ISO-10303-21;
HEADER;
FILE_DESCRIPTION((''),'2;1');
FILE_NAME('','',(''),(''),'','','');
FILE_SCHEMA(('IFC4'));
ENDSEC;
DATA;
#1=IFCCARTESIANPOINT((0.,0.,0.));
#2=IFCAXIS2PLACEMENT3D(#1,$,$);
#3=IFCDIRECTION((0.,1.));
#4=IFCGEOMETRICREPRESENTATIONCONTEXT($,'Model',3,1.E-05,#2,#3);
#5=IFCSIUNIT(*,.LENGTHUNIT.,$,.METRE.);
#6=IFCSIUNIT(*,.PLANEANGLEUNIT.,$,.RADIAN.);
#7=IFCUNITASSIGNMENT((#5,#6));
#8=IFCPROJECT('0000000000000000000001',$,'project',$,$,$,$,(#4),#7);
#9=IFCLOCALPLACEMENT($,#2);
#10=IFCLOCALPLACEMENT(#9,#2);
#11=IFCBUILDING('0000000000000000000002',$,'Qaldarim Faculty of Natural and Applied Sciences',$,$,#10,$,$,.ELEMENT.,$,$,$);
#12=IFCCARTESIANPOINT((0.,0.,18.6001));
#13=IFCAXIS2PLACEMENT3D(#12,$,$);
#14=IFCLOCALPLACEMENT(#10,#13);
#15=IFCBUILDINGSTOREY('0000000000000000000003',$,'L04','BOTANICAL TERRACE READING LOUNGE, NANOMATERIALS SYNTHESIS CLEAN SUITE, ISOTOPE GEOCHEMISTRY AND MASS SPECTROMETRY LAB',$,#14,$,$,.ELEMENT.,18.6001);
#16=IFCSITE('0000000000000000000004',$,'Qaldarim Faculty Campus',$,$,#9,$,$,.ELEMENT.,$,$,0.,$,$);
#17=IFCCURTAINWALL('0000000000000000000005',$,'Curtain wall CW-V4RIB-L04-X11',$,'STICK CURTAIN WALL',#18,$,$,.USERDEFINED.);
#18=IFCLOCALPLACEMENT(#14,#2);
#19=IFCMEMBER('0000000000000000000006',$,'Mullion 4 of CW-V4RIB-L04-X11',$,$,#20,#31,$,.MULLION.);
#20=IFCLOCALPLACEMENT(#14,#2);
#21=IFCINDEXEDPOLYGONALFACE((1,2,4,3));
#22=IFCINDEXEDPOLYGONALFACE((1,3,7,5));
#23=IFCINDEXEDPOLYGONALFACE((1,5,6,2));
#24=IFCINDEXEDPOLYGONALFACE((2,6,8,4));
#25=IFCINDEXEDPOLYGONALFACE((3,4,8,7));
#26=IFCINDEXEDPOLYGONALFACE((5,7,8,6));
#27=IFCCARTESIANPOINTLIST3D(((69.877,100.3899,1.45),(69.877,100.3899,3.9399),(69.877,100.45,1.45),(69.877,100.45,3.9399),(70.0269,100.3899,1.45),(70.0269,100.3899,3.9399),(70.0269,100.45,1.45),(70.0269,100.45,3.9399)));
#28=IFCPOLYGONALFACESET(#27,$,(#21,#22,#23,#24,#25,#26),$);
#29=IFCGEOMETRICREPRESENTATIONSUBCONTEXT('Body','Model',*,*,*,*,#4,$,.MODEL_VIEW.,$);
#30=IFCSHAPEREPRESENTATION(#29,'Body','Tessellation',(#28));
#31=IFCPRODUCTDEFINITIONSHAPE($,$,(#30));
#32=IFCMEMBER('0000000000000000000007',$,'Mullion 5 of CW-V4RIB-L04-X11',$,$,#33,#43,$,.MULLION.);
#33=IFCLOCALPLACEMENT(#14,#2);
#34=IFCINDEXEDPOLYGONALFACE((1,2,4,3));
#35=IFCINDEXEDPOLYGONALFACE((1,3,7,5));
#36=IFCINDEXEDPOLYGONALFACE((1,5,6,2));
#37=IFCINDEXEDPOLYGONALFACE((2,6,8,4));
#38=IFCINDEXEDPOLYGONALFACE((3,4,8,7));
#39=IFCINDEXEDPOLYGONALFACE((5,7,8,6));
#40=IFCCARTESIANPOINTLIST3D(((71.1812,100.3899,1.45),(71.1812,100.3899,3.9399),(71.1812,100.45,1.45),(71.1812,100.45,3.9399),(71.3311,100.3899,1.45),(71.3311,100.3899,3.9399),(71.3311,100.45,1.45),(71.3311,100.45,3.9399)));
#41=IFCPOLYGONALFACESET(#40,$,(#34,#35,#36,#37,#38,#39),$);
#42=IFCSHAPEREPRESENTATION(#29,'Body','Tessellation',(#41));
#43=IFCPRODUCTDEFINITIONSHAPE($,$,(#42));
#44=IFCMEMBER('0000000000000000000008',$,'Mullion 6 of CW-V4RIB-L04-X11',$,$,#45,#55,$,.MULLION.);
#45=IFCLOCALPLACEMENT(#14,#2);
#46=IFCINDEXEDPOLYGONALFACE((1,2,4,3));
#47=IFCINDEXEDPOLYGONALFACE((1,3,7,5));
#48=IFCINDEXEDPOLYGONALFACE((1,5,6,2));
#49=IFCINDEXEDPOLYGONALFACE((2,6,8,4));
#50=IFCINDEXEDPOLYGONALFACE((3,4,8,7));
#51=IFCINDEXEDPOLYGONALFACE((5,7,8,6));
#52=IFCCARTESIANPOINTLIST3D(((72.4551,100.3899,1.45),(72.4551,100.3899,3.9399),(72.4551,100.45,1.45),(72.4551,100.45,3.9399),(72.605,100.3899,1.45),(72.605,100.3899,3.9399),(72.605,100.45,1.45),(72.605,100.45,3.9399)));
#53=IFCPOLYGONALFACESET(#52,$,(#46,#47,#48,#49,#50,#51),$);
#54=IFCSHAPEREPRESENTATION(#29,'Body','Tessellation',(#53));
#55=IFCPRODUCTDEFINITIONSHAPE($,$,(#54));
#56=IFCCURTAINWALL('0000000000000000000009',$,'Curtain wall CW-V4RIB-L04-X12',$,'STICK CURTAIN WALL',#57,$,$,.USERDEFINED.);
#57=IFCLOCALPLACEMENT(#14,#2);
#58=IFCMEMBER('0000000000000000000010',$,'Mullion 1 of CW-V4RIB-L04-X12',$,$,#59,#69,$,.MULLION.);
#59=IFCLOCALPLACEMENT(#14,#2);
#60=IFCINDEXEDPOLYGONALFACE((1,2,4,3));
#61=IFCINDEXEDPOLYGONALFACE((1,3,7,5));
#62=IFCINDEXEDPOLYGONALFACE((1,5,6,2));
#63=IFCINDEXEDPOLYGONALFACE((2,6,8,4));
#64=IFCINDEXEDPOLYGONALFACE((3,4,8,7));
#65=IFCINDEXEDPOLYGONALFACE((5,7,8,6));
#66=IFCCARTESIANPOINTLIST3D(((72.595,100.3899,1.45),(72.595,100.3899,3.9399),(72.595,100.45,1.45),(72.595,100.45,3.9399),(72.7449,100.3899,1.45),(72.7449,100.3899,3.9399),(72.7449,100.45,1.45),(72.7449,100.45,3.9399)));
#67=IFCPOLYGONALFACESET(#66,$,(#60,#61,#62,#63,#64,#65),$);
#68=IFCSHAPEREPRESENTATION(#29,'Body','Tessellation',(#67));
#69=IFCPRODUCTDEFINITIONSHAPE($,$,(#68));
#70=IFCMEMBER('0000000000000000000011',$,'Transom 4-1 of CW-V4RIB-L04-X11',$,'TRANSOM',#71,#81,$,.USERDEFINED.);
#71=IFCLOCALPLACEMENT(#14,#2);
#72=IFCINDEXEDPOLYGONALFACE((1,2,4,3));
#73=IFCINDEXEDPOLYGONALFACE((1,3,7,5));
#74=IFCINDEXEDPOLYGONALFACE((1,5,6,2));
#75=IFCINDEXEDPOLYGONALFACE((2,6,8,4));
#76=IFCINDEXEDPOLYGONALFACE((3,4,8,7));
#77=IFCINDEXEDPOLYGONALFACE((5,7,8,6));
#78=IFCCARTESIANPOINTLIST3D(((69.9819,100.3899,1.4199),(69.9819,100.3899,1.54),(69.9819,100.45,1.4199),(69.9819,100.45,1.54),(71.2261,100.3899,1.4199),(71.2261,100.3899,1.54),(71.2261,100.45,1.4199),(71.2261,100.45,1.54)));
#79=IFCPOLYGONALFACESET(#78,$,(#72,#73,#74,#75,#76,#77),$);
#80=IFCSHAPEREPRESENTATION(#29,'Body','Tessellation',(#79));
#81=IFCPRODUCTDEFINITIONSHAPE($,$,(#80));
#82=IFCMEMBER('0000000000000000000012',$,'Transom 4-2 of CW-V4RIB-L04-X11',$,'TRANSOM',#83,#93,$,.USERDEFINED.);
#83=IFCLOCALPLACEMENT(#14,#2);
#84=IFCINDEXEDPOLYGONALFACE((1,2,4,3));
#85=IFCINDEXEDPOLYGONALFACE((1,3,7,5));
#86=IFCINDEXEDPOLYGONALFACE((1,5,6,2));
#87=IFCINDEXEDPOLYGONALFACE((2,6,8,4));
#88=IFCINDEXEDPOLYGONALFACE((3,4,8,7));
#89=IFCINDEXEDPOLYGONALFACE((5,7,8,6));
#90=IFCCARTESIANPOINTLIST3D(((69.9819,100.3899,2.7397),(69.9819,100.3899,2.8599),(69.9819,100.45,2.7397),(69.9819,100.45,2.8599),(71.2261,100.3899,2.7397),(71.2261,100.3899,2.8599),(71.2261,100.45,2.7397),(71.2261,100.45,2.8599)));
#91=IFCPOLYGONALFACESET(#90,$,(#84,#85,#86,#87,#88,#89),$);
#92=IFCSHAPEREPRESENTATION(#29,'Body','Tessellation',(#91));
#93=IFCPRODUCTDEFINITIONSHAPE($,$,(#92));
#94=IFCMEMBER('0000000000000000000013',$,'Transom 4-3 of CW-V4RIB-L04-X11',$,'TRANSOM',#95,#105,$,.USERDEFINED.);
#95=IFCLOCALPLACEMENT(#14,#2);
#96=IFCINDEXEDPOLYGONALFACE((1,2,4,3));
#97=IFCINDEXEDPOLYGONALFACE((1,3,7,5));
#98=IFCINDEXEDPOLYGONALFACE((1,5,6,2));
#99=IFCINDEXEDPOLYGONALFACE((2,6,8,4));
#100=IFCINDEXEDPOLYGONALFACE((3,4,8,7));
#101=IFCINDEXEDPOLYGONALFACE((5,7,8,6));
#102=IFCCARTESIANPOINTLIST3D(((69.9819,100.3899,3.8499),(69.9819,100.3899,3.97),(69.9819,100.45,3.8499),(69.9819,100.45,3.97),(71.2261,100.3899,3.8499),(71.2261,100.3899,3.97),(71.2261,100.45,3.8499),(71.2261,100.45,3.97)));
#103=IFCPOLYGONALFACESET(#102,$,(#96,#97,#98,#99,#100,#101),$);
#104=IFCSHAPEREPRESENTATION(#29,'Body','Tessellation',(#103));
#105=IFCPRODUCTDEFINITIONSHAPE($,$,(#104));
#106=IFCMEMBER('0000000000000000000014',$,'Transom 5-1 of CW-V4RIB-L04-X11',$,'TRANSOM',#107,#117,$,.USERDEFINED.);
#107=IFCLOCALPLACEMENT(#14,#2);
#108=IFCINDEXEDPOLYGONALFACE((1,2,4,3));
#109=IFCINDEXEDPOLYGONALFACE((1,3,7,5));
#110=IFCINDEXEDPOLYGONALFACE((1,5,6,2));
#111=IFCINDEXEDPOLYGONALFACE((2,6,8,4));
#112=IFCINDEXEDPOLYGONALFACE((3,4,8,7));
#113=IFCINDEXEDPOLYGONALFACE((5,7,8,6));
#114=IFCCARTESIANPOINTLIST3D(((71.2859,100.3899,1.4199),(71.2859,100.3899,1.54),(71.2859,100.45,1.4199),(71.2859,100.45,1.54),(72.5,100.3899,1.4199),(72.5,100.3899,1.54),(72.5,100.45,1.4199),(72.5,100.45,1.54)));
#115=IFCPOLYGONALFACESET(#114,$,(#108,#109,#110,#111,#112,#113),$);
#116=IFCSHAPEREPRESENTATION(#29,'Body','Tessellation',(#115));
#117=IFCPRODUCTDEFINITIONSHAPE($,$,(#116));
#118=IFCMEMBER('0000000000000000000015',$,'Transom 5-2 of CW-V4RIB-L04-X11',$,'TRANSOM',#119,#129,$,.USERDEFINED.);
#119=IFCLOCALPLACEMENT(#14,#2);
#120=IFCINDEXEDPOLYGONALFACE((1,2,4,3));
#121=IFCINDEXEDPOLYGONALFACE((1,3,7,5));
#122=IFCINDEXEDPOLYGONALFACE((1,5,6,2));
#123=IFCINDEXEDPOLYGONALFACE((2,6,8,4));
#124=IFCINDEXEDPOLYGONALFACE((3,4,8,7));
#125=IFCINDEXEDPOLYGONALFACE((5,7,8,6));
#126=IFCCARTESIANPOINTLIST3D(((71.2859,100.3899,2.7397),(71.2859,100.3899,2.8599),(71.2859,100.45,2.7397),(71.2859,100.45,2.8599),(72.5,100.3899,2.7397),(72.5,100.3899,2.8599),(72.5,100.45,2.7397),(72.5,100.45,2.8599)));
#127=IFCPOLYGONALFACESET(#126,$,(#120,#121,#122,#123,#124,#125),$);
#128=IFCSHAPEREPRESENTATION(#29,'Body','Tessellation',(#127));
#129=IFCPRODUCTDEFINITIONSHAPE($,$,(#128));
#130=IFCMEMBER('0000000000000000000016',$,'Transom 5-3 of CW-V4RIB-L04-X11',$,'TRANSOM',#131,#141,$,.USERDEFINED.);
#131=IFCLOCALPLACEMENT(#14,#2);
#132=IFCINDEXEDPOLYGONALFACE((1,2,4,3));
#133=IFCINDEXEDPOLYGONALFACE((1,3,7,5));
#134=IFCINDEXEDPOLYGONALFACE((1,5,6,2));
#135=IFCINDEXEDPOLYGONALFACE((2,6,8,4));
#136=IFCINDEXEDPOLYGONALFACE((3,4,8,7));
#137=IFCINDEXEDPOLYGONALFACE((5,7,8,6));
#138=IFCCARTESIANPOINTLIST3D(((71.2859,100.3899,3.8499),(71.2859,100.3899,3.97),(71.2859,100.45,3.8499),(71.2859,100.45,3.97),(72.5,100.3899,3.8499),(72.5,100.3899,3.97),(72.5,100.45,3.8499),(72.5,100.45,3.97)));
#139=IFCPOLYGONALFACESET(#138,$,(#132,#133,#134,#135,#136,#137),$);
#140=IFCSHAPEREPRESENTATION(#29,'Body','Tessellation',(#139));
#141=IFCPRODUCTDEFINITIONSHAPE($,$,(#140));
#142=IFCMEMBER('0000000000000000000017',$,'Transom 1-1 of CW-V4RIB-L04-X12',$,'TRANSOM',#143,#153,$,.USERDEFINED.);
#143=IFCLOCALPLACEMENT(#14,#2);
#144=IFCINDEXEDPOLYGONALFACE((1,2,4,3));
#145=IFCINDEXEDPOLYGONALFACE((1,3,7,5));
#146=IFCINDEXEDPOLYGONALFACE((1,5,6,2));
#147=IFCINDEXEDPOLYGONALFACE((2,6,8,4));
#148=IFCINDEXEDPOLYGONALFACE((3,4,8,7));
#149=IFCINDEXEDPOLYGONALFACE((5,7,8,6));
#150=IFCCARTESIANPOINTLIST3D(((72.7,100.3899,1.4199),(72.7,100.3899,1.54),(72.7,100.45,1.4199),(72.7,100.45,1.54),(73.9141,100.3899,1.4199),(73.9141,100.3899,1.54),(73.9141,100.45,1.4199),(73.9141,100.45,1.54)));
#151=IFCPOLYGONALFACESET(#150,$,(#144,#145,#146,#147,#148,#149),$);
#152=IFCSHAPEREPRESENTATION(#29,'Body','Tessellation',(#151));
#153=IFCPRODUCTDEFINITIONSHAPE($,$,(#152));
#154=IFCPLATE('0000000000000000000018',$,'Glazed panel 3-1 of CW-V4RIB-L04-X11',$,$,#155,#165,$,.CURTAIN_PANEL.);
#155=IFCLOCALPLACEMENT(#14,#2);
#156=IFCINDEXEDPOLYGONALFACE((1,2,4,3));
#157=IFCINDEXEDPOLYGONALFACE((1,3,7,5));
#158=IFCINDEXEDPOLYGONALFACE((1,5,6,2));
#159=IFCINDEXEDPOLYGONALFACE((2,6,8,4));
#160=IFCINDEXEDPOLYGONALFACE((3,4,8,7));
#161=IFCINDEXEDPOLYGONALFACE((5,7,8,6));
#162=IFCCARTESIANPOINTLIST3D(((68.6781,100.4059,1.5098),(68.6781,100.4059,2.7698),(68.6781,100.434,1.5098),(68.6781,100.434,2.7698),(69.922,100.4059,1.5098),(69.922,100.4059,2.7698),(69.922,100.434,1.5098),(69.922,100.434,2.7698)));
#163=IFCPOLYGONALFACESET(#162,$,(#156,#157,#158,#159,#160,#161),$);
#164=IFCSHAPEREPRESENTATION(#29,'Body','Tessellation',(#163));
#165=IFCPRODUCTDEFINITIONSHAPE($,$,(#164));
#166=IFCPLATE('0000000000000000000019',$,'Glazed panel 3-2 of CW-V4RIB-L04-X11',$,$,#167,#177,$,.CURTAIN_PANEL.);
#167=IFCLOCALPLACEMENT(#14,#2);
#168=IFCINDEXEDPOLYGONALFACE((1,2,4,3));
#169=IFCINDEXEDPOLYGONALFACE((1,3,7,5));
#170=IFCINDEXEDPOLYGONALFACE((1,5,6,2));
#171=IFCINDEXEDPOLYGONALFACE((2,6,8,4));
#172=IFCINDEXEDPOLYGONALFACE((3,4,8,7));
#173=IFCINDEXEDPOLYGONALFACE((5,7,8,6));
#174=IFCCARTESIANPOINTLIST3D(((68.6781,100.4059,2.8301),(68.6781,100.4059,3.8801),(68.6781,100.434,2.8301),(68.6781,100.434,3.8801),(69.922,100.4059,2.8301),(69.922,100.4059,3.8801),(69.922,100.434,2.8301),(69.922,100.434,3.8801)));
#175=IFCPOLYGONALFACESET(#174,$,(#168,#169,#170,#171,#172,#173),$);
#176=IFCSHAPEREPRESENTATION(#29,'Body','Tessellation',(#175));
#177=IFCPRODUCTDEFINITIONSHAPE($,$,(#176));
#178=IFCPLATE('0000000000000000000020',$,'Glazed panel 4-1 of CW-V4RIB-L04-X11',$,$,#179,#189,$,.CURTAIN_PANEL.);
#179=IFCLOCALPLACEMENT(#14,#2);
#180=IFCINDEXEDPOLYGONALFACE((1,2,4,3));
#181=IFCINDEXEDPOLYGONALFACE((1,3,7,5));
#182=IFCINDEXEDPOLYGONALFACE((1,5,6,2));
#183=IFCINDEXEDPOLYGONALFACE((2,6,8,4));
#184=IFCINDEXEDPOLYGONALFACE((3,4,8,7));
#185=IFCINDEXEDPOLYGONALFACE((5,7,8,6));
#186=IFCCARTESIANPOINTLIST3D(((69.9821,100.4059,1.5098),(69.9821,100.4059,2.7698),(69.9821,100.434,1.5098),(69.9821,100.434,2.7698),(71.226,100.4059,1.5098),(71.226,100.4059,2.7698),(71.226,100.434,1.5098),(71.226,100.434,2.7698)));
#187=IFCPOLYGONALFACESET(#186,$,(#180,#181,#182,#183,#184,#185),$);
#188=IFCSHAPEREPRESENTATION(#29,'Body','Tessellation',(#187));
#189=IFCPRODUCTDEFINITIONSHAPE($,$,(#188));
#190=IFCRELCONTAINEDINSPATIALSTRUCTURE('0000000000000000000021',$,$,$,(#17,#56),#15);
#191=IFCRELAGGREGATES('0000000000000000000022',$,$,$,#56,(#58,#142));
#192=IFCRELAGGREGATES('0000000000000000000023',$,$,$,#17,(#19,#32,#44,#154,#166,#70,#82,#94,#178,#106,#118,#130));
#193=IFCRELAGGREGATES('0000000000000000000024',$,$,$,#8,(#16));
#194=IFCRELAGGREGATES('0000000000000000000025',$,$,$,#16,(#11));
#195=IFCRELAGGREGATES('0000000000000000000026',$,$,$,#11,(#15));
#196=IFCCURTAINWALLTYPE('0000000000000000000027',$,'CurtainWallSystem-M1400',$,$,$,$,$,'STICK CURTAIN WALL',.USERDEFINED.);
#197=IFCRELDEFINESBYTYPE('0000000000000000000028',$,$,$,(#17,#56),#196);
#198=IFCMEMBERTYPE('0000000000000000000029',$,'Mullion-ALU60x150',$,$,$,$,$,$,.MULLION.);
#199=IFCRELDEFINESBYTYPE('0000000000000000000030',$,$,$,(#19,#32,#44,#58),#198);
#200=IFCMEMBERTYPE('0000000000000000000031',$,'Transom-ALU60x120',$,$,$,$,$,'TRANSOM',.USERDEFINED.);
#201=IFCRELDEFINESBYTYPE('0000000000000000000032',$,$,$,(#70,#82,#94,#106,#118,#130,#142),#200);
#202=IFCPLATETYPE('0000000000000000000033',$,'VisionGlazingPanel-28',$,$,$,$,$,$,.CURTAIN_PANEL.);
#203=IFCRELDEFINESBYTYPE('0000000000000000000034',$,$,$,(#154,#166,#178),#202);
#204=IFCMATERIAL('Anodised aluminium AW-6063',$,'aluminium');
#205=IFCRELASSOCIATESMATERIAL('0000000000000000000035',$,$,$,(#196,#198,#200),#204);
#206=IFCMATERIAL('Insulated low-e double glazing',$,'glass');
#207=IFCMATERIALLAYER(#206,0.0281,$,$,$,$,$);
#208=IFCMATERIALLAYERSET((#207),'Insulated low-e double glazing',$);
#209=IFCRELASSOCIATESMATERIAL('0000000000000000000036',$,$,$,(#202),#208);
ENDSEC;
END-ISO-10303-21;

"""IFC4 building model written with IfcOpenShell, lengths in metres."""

from ifc_helpers import new_model, si_unit, direction, frame, origin, origin_2d, place, context, subcontext, project, spatial, rectangle, extrude, material, layer, layer_set, material_profile, profile_set, type_object, element, aggregate, save


model = new_model("IFC4")

# Units and contexts
model_context = context("Model", 3, precision=1e-05, world=origin(), true_north=direction((0.0, 1.0)))
body_context = subcontext(model_context, "Body", "Model", "MODEL_VIEW")
ifc_project = project(units=[si_unit("LENGTHUNIT", "METRE"), si_unit("PLANEANGLEUNIT", "RADIAN")], contexts=[model_context])

# Site, building, storey
site_placement = place(None, origin())
site = spatial("IfcSite", under=ifc_project, at=site_placement, Name="Qaldarim Faculty Campus", CompositionType="ELEMENT", RefElevation=0.0)
building_placement = place(site_placement, origin())
building = spatial("IfcBuilding", under=site, at=building_placement, Name="Qaldarim Faculty of Natural and Applied Sciences", CompositionType="ELEMENT")
storey_placement = place(building_placement, frame((0.0, 0.0, 18.6001)))
storey = spatial("IfcBuildingStorey", under=building, at=storey_placement, Name="L04", Description="BOTANICAL TERRACE READING LOUNGE, NANOMATERIALS SYNTHESIS CLEAN SUITE, ISOTOPE GEOCHEMISTRY AND MASS SPECTROMETRY LAB", CompositionType="ELEMENT", Elevation=18.6001)

# Curtain wall, members
ifc_material_1 = material(Name="Anodised aluminium AW-6063", Category="aluminium")
curtain_wall_type = type_object("IfcCurtainWallType", Name="CurtainWallSystem-M1400", ElementType="STICK CURTAIN WALL", PredefinedType="USERDEFINED", material=ifc_material_1)
curtain_wall_1_placement = place(storey_placement, origin())
curtain_wall_1 = element("IfcCurtainWall", 1, at=curtain_wall_1_placement, inside=storey, type_object=curtain_wall_type, Name="Curtain wall CW-V4RIB-L04-X11", ObjectType="STICK CURTAIN WALL", PredefinedType="USERDEFINED")
ifc_material_profile_1 = material_profile(ifc_material_1, rectangle(XDim=0.0601, YDim=0.1499, at=origin_2d()), Name="ALU-M60x150")
ifc_profile_set_1 = profile_set([ifc_material_profile_1], Name="Anodised aluminium AW-6063")
member_type_1 = type_object("IfcMemberType", Name="Mullion-ALU60x150", PredefinedType="MULLION", material=ifc_profile_set_1)
member_1_placement = place(storey_placement, frame((69.9519, 100.4199, 1.45), z_axis=(0.0, 0.0, 1.0), x_axis=(0.0, 1.0, 0.0)))
member_1 = element("IfcMember", 2, at=member_1_placement, type_object=member_type_1, Name="Mullion 4 of CW-V4RIB-L04-X11", PredefinedType="MULLION", context=body_context, shape_type="SweptSolid", body=[
    extrude(rectangle(XDim=0.0601, YDim=0.1499, at=origin_2d()), origin(), (0.0, 0.0, 1.0), 2.49),
])
member_2_placement = place(storey_placement, frame((71.2561, 100.4199, 1.45), z_axis=(0.0, 0.0, 1.0), x_axis=(0.0, 1.0, 0.0)))
member_2 = element("IfcMember", 3, at=member_2_placement, type_object=member_type_1, Name="Mullion 5 of CW-V4RIB-L04-X11", PredefinedType="MULLION", context=body_context, shape_type="SweptSolid", body=[
    extrude(rectangle(XDim=0.0601, YDim=0.1499, at=origin_2d()), origin(), (0.0, 0.0, 1.0), 2.49),
])
member_3_placement = place(storey_placement, frame((72.53, 100.4199, 1.45), z_axis=(0.0, 0.0, 1.0), x_axis=(0.0, 1.0, 0.0)))
member_3 = element("IfcMember", 4, at=member_3_placement, type_object=member_type_1, Name="Mullion 6 of CW-V4RIB-L04-X11", PredefinedType="MULLION", context=body_context, shape_type="SweptSolid", body=[
    extrude(rectangle(XDim=0.0601, YDim=0.1499, at=origin_2d()), origin(), (0.0, 0.0, 1.0), 2.49),
])

# Curtain wall, member
curtain_wall_2_placement = place(storey_placement, origin())
curtain_wall_2 = element("IfcCurtainWall", 5, at=curtain_wall_2_placement, inside=storey, type_object=curtain_wall_type, Name="Curtain wall CW-V4RIB-L04-X12", ObjectType="STICK CURTAIN WALL", PredefinedType="USERDEFINED")
member_4_placement = place(storey_placement, frame((72.6699, 100.4199, 1.45), z_axis=(0.0, 0.0, 1.0), x_axis=(0.0, 1.0, 0.0)))
member_4 = element("IfcMember", 6, at=member_4_placement, type_object=member_type_1, Name="Mullion 1 of CW-V4RIB-L04-X12", PredefinedType="MULLION", context=body_context, shape_type="SweptSolid", body=[
    extrude(rectangle(XDim=0.0601, YDim=0.1499, at=origin_2d()), origin(), (0.0, 0.0, 1.0), 2.49),
])

# Members
ifc_material_profile_2 = material_profile(ifc_material_1, rectangle(XDim=0.0601, YDim=0.1201, at=origin_2d()), Name="ALU-T60x120")
ifc_profile_set_2 = profile_set([ifc_material_profile_2], Name="Anodised aluminium AW-6063")
member_type_2 = type_object("IfcMemberType", Name="Transom-ALU60x120", ElementType="TRANSOM", PredefinedType="USERDEFINED", material=ifc_profile_set_2)
member_5_placement = place(storey_placement, frame((69.9819, 100.4199, 1.48), z_axis=(1.0, 0.0, 0.0), x_axis=(0.0, 1.0, 0.0)))
member_5 = element("IfcMember", 7, at=member_5_placement, type_object=member_type_2, Name="Transom 4-1 of CW-V4RIB-L04-X11", ObjectType="TRANSOM", PredefinedType="USERDEFINED", context=body_context, shape_type="SweptSolid", body=[
    extrude(rectangle(XDim=0.0601, YDim=0.1201, at=origin_2d()), origin(), (0.0, 0.0, 1.0), 1.2441),
])
member_6_placement = place(storey_placement, frame((69.9819, 100.4199, 2.7998), z_axis=(1.0, 0.0, 0.0), x_axis=(0.0, 1.0, 0.0)))
member_6 = element("IfcMember", 8, at=member_6_placement, type_object=member_type_2, Name="Transom 4-2 of CW-V4RIB-L04-X11", ObjectType="TRANSOM", PredefinedType="USERDEFINED", context=body_context, shape_type="SweptSolid", body=[
    extrude(rectangle(XDim=0.0601, YDim=0.1201, at=origin_2d()), origin(), (0.0, 0.0, 1.0), 1.2441),
])
member_7_placement = place(storey_placement, frame((69.9819, 100.4199, 3.9099), z_axis=(1.0, 0.0, 0.0), x_axis=(0.0, 1.0, 0.0)))
member_7 = element("IfcMember", 9, at=member_7_placement, type_object=member_type_2, Name="Transom 4-3 of CW-V4RIB-L04-X11", ObjectType="TRANSOM", PredefinedType="USERDEFINED", context=body_context, shape_type="SweptSolid", body=[
    extrude(rectangle(XDim=0.0601, YDim=0.1201, at=origin_2d()), origin(), (0.0, 0.0, 1.0), 1.2441),
])
member_8_placement = place(storey_placement, frame((71.2859, 100.4199, 1.48), z_axis=(1.0, 0.0, 0.0), x_axis=(0.0, 1.0, 0.0)))
member_8 = element("IfcMember", 10, at=member_8_placement, type_object=member_type_2, Name="Transom 5-1 of CW-V4RIB-L04-X11", ObjectType="TRANSOM", PredefinedType="USERDEFINED", context=body_context, shape_type="SweptSolid", body=[
    extrude(rectangle(XDim=0.0601, YDim=0.1201, at=origin_2d()), origin(), (0.0, 0.0, 1.0), 1.2141),
])
member_9_placement = place(storey_placement, frame((71.2859, 100.4199, 2.7998), z_axis=(1.0, 0.0, 0.0), x_axis=(0.0, 1.0, 0.0)))
member_9 = element("IfcMember", 11, at=member_9_placement, type_object=member_type_2, Name="Transom 5-2 of CW-V4RIB-L04-X11", ObjectType="TRANSOM", PredefinedType="USERDEFINED", context=body_context, shape_type="SweptSolid", body=[
    extrude(rectangle(XDim=0.0601, YDim=0.1201, at=origin_2d()), origin(), (0.0, 0.0, 1.0), 1.2141),
])
member_10_placement = place(storey_placement, frame((71.2859, 100.4199, 3.9099), z_axis=(1.0, 0.0, 0.0), x_axis=(0.0, 1.0, 0.0)))
member_10 = element("IfcMember", 12, at=member_10_placement, type_object=member_type_2, Name="Transom 5-3 of CW-V4RIB-L04-X11", ObjectType="TRANSOM", PredefinedType="USERDEFINED", context=body_context, shape_type="SweptSolid", body=[
    extrude(rectangle(XDim=0.0601, YDim=0.1201, at=origin_2d()), origin(), (0.0, 0.0, 1.0), 1.2141),
])
member_11_placement = place(storey_placement, frame((72.7, 100.4199, 1.48), z_axis=(1.0, 0.0, 0.0), x_axis=(0.0, 1.0, 0.0)))
member_11 = element("IfcMember", 13, at=member_11_placement, type_object=member_type_2, Name="Transom 1-1 of CW-V4RIB-L04-X12", ObjectType="TRANSOM", PredefinedType="USERDEFINED", context=body_context, shape_type="SweptSolid", body=[
    extrude(rectangle(XDim=0.0601, YDim=0.1201, at=origin_2d()), origin(), (0.0, 0.0, 1.0), 1.2141),
])
aggregate(curtain_wall_2, [member_4, member_11])

# Plates
ifc_material_2 = material(Name="Insulated low-e double glazing", Category="glass")
ifc_layer_1 = layer(ifc_material_2, 0.0281)
ifc_layer_set_1 = layer_set([ifc_layer_1], Name="Insulated low-e double glazing")
plate_type = type_object("IfcPlateType", Name="VisionGlazingPanel-28", PredefinedType="CURTAIN_PANEL", material=ifc_layer_set_1)
plate_1_placement = place(storey_placement, frame((69.3, 100.4199, 1.5098), z_axis=(0.0, 0.0, 1.0), x_axis=(1.0, 0.0, 0.0)))
plate_1 = element("IfcPlate", 14, at=plate_1_placement, type_object=plate_type, Name="Glazed panel 3-1 of CW-V4RIB-L04-X11", PredefinedType="CURTAIN_PANEL", context=body_context, shape_type="SweptSolid", body=[
    extrude(rectangle(XDim=1.2439, YDim=0.0281, at=origin_2d()), origin(), (0.0, 0.0, 1.0), 1.26),
])
plate_2_placement = place(storey_placement, frame((69.3, 100.4199, 2.8301), z_axis=(0.0, 0.0, 1.0), x_axis=(1.0, 0.0, 0.0)))
plate_2 = element("IfcPlate", 15, at=plate_2_placement, type_object=plate_type, Name="Glazed panel 3-2 of CW-V4RIB-L04-X11", PredefinedType="CURTAIN_PANEL", context=body_context, shape_type="SweptSolid", body=[
    extrude(rectangle(XDim=1.2439, YDim=0.0281, at=origin_2d()), origin(), (0.0, 0.0, 1.0), 1.05),
])
plate_3_placement = place(storey_placement, frame((70.604, 100.4199, 1.5098), z_axis=(0.0, 0.0, 1.0), x_axis=(1.0, 0.0, 0.0)))
plate_3 = element("IfcPlate", 16, at=plate_3_placement, type_object=plate_type, Name="Glazed panel 4-1 of CW-V4RIB-L04-X11", PredefinedType="CURTAIN_PANEL", context=body_context, shape_type="SweptSolid", body=[
    extrude(rectangle(XDim=1.2439, YDim=0.0281, at=origin_2d()), origin(), (0.0, 0.0, 1.0), 1.26),
])
aggregate(curtain_wall_1, [member_1, member_2, member_3, plate_1, plate_2, member_5, member_6, member_7, plate_3, member_8, member_9, member_10])

save(model, "model.ifc")
